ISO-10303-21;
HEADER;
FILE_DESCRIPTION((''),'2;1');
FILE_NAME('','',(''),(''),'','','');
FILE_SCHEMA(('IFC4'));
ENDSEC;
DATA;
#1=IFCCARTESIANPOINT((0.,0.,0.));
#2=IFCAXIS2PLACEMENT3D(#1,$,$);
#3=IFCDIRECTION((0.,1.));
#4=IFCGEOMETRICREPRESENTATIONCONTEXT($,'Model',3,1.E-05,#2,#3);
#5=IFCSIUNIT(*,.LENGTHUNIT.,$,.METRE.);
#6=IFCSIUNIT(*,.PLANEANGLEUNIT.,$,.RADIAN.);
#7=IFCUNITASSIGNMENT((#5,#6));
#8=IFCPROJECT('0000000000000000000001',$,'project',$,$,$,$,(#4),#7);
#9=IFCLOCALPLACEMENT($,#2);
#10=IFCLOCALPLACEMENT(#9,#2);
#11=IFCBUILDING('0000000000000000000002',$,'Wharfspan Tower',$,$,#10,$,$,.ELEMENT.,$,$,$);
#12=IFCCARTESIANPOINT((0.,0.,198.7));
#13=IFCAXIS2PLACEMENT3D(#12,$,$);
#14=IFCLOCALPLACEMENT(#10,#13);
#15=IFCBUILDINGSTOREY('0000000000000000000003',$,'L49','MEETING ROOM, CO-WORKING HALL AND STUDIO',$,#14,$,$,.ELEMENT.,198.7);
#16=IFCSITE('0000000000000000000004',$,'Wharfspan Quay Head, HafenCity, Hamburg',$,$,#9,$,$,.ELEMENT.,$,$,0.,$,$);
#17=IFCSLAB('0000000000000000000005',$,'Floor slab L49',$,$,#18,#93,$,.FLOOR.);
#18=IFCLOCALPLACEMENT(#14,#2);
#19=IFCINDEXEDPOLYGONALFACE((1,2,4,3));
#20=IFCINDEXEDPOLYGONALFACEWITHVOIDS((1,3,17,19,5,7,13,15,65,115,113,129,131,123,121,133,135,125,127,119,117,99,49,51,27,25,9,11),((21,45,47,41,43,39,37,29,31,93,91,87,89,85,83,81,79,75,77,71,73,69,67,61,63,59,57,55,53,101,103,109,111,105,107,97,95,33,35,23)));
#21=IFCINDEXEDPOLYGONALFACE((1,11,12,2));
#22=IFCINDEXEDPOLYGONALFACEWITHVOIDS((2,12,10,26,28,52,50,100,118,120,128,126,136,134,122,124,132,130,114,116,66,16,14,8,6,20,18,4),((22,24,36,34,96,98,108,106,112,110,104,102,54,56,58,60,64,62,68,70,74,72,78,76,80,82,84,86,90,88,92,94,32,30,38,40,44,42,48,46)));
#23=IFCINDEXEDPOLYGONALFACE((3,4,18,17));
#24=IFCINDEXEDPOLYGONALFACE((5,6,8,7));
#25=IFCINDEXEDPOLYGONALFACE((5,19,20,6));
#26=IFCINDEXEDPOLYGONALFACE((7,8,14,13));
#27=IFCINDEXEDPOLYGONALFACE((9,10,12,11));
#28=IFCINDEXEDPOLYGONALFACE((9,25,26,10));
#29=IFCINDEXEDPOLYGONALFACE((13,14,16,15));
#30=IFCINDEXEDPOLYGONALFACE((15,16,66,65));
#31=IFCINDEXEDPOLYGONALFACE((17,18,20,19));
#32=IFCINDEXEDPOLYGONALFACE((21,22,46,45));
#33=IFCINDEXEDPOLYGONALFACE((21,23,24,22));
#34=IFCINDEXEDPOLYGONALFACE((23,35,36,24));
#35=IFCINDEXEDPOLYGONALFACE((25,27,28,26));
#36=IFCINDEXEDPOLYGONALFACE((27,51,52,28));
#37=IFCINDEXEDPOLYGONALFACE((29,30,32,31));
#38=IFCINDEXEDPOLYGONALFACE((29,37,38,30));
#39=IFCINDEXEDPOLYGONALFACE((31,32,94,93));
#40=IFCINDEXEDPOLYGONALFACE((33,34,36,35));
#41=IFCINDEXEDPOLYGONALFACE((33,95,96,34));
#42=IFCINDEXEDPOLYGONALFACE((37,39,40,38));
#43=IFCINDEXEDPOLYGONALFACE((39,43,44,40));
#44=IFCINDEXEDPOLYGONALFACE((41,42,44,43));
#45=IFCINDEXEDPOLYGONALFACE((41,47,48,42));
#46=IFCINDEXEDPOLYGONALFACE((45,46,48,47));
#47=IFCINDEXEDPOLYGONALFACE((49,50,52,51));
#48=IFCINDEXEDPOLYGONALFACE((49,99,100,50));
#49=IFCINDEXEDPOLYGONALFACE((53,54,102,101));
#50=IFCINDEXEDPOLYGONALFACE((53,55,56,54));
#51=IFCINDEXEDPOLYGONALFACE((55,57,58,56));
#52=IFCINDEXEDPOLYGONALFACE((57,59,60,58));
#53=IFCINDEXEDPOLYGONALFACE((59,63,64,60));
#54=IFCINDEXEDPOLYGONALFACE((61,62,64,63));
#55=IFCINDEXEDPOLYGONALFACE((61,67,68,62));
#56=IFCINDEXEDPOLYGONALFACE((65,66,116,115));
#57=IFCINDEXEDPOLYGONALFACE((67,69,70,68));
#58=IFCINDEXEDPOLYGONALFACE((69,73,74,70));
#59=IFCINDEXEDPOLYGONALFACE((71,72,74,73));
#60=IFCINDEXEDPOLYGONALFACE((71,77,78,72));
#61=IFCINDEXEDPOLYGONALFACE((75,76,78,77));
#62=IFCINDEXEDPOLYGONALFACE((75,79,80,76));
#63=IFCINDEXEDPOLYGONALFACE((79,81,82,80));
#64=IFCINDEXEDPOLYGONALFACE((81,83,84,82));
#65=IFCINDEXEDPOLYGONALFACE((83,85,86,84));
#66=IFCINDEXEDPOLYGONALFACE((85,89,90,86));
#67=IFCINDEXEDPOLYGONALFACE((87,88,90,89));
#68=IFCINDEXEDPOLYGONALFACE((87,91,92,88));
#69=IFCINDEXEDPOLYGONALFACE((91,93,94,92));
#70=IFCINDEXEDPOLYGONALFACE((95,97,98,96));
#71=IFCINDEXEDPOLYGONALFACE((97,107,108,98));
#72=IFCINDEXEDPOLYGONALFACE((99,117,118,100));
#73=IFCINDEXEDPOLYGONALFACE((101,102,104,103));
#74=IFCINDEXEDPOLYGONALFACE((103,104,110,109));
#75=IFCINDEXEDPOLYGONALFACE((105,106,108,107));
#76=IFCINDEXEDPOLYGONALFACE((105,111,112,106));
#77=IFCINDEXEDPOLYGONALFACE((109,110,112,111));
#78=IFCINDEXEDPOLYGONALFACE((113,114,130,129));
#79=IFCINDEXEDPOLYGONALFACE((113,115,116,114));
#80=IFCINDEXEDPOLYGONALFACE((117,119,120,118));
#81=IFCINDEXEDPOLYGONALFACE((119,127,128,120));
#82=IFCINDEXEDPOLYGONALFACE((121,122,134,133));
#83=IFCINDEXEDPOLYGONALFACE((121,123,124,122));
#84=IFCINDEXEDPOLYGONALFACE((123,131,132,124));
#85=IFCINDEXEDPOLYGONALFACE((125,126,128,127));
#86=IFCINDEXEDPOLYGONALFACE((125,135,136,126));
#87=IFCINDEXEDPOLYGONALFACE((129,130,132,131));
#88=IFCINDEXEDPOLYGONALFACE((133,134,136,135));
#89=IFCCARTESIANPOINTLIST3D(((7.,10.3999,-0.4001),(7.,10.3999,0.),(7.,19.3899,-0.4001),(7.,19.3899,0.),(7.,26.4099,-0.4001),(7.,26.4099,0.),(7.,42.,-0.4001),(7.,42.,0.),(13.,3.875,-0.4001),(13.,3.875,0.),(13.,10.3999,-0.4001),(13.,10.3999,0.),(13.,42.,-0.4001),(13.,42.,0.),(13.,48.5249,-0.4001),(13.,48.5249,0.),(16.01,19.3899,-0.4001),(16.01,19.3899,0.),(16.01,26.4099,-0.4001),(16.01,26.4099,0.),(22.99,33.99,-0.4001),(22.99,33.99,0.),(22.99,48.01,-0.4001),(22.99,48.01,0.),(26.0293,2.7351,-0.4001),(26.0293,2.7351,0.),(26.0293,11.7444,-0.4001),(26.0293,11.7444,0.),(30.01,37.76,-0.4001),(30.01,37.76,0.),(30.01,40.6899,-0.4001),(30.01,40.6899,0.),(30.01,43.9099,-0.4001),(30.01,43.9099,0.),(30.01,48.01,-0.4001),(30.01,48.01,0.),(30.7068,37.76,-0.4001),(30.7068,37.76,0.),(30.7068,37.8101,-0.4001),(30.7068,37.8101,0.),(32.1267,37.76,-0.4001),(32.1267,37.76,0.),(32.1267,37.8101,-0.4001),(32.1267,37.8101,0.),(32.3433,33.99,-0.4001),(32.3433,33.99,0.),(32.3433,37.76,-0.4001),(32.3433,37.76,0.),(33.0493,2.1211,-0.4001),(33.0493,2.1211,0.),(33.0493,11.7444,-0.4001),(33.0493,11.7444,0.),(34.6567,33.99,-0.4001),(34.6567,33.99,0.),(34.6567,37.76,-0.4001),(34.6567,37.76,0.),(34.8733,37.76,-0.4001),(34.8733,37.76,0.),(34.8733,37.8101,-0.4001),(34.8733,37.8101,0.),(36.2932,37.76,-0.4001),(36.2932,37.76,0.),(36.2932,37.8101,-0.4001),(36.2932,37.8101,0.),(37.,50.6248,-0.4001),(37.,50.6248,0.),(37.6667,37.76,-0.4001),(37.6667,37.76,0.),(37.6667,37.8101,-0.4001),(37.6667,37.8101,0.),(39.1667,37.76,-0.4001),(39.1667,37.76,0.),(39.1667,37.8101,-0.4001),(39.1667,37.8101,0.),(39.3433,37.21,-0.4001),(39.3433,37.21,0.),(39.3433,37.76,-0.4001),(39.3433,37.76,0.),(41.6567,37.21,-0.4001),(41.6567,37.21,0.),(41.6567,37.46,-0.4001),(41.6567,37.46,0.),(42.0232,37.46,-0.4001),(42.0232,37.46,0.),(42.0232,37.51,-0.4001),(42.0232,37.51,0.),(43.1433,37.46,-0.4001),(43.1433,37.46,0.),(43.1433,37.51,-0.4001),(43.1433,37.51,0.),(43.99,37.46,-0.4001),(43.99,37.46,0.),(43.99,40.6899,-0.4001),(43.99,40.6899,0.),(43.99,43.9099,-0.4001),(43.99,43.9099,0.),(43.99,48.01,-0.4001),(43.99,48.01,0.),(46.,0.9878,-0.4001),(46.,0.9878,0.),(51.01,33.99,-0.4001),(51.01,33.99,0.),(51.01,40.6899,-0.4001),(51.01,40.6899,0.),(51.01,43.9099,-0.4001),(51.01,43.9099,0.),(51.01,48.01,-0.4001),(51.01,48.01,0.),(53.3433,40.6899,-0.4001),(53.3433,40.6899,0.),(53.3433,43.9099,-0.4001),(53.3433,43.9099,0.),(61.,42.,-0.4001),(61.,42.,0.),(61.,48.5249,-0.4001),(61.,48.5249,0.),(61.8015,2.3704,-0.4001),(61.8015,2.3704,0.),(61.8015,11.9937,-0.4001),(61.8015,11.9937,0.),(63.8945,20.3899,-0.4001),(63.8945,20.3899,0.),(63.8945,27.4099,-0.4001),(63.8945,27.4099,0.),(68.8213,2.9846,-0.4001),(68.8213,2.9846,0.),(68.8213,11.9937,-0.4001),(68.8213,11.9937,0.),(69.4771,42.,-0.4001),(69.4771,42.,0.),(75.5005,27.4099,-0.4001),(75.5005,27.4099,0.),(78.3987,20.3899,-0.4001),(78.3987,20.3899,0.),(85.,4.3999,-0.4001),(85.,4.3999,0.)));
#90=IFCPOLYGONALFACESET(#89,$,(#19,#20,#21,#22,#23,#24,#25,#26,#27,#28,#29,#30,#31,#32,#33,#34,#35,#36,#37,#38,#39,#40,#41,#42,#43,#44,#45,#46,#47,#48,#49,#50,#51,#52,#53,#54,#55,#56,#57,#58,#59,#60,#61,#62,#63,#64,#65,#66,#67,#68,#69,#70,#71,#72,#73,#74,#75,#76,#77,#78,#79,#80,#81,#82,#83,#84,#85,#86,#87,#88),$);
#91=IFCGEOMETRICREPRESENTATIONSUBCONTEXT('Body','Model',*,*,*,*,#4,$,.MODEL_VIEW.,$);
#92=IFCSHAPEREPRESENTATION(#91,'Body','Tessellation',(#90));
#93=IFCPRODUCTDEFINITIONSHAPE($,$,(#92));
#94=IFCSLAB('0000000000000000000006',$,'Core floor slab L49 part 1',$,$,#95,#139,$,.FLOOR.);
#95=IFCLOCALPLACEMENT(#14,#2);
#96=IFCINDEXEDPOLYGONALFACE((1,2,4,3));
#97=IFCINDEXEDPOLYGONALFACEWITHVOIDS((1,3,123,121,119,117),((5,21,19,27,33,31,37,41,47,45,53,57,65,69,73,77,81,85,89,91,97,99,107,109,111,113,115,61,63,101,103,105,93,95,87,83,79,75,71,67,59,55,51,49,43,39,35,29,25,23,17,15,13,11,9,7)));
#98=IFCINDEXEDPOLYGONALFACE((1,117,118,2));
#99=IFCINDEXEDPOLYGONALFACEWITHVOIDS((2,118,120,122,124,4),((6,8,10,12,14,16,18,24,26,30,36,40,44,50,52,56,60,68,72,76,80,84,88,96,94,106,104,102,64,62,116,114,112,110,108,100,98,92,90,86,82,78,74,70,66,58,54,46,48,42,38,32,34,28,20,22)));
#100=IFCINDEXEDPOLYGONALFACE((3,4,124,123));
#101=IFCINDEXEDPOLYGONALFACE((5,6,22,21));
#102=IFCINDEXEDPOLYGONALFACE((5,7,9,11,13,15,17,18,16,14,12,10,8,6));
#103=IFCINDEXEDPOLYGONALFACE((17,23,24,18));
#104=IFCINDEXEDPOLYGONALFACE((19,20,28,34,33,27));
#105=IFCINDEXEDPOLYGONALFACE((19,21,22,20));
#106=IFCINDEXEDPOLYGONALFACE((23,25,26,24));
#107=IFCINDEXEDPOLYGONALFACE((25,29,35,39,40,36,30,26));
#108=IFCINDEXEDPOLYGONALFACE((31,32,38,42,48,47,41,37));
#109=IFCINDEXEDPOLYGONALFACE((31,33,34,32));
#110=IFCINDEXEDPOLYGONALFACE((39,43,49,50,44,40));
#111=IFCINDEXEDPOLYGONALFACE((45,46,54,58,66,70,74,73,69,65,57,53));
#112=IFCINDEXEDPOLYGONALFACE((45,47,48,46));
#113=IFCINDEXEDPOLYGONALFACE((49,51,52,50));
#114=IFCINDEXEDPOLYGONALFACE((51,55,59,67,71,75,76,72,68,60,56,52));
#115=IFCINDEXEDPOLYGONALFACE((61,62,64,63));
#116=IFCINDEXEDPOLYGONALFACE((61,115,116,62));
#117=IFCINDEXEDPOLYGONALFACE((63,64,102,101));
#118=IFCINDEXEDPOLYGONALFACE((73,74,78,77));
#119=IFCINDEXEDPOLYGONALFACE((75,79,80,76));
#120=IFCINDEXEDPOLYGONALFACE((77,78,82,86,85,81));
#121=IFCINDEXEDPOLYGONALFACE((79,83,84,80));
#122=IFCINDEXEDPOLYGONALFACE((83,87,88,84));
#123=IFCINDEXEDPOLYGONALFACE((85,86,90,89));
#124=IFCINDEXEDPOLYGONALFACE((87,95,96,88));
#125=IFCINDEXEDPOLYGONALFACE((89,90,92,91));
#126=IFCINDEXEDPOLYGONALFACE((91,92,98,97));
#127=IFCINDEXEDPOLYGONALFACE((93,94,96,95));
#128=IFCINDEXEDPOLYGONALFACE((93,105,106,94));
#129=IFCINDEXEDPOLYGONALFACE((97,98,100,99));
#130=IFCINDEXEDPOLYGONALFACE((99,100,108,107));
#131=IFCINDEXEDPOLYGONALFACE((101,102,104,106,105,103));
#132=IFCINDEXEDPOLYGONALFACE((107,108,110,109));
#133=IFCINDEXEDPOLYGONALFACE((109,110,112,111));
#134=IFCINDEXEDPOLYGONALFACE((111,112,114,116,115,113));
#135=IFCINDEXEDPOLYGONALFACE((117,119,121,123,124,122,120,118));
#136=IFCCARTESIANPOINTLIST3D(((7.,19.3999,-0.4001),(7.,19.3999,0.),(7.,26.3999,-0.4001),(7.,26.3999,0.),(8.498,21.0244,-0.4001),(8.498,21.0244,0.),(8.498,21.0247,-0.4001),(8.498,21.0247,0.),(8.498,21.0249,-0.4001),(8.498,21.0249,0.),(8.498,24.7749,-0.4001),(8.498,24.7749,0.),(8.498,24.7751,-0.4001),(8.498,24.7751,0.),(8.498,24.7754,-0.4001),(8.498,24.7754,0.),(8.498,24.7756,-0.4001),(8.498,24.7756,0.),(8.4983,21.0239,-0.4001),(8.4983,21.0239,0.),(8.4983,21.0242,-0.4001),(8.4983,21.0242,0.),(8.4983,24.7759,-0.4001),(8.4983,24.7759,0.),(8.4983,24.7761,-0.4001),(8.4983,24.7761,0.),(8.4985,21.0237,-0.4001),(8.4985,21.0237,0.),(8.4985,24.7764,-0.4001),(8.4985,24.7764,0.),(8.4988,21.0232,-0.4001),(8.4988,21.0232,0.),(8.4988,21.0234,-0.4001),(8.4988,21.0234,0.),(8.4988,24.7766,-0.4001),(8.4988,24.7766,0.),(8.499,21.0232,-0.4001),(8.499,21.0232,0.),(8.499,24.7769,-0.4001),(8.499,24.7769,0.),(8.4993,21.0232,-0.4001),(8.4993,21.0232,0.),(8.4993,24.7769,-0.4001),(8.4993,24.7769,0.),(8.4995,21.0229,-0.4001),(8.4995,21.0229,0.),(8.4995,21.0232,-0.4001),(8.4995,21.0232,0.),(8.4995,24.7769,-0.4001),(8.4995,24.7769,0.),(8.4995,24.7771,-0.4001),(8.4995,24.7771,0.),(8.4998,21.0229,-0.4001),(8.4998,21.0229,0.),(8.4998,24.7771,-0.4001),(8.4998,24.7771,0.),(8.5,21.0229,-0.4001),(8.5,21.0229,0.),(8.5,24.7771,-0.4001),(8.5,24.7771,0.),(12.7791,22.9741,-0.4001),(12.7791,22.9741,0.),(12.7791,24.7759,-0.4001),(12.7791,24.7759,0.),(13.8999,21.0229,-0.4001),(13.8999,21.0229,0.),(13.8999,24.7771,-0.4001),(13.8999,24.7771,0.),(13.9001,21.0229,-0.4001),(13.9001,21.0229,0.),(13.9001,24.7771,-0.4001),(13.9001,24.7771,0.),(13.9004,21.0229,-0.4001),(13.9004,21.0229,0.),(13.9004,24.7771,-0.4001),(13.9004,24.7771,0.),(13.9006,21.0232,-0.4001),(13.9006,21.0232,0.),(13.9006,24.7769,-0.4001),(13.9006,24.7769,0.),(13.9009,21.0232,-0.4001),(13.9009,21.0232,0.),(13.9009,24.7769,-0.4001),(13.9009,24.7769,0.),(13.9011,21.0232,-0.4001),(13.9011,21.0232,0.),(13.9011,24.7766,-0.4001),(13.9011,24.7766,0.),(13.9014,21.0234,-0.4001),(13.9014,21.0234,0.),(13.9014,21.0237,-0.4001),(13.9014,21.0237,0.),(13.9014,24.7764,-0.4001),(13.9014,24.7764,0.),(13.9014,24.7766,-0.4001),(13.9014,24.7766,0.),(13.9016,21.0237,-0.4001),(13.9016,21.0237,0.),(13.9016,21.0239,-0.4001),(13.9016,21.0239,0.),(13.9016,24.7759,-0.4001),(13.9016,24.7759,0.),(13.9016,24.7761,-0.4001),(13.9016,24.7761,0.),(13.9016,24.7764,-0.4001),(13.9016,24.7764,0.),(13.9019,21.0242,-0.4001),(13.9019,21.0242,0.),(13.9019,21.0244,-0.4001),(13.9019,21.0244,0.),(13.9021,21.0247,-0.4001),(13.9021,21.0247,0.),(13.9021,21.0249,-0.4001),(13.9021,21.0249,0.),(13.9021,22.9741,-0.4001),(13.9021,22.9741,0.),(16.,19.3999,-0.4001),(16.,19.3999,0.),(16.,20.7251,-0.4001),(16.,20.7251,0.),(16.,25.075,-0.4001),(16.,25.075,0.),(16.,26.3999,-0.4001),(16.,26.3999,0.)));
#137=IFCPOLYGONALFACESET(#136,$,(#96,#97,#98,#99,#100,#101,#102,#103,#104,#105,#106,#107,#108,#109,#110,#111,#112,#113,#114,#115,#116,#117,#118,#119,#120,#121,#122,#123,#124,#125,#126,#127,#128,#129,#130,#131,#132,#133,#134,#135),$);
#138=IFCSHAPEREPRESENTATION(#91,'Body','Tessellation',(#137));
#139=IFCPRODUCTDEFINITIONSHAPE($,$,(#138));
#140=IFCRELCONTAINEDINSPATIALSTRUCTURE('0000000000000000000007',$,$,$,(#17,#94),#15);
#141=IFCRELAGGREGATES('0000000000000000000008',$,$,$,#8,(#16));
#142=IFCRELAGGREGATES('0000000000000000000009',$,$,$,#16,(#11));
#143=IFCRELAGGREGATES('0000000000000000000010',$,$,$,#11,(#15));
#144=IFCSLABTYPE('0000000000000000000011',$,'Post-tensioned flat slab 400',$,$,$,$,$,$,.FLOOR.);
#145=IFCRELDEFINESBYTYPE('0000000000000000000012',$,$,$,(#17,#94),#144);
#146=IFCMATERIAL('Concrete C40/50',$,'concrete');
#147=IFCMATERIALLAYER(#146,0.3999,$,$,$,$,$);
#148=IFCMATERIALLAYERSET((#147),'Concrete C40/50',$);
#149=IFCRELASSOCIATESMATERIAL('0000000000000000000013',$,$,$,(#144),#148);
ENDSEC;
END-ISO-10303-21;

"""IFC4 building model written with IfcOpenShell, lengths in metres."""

from ifc_helpers import new_model, si_unit, direction, frame, origin, place, context, subcontext, project, spatial, polyline, outline, extrude, material, layer, layer_set, type_object, element, save


model = new_model("IFC4")

# Units and contexts
model_context = context("Model", 3, precision=1e-05, world=origin(), true_north=direction((0.0, 1.0)))
body_context = subcontext(model_context, "Body", "Model", "MODEL_VIEW")
ifc_project = project(units=[si_unit("LENGTHUNIT", "METRE"), si_unit("PLANEANGLEUNIT", "RADIAN")], contexts=[model_context])

# Site, building, storey
site_placement = place(None, origin())
site = spatial("IfcSite", under=ifc_project, at=site_placement, Name="Wharfspan Quay Head, HafenCity, Hamburg", CompositionType="ELEMENT", RefElevation=0.0)
building_placement = place(site_placement, origin())
building = spatial("IfcBuilding", under=site, at=building_placement, Name="Wharfspan Tower", CompositionType="ELEMENT")
storey_placement = place(building_placement, frame((0.0, 0.0, 198.7)))
storey = spatial("IfcBuildingStorey", under=building, at=storey_placement, Name="L49", Description="MEETING ROOM, CO-WORKING HALL AND STUDIO", CompositionType="ELEMENT", Elevation=198.7)

# Slabs
ifc_material_1 = material(Name="Concrete C40/50", Category="concrete")
ifc_layer_1 = layer(ifc_material_1, 0.3999)
ifc_layer_set_1 = layer_set([ifc_layer_1], Name="Concrete C40/50")
slab_type_1 = type_object("IfcSlabType", Name="Post-tensioned flat slab 400", PredefinedType="FLOOR", material=ifc_layer_set_1)
slab_1_placement = place(storey_placement, frame((0.0, 0.0, -0.4001)))
element("IfcSlab", 1, at=slab_1_placement, inside=storey, type_object=slab_type_1, Name="Floor slab L49", PredefinedType="FLOOR", context=body_context, shape_type="SweptSolid", body=[
    extrude(outline(polyline([(26.0293, 2.7351), (26.0293, 11.7444), (33.0493, 11.7444), (33.0493, 2.1211), (46.0, 0.9878), (61.8015, 2.3704), (61.8015, 11.9937), (68.8213, 11.9937), (68.8213, 2.9846), (85.0, 4.3999), (78.3987, 20.3899), (63.8945, 20.3899), (63.8945, 27.4099), (75.5005, 27.4099), (69.4771, 42.0), (61.0, 42.0), (61.0, 48.5249), (37.0, 50.6248), (13.0, 48.5249), (13.0, 42.0), (7.0, 42.0), (7.0, 26.4099), (16.01, 26.4099), (16.01, 19.3899), (7.0, 19.3899), (7.0, 10.3999), (13.0, 10.3999), (13.0, 3.875), (26.0293, 2.7351)]), holes=[polyline([(32.1267, 37.76), (32.3433, 37.76), (32.3433, 33.99), (22.99, 33.99), (22.99, 48.01), (30.01, 48.01), (30.01, 43.9099), (43.99, 43.9099), (43.99, 48.01), (51.01, 48.01), (51.01, 43.9099), (53.3433, 43.9099), (53.3433, 40.6899), (51.01, 40.6899), (51.01, 33.99), (34.6567, 33.99), (34.6567, 37.76), (34.8733, 37.76), (34.8733, 37.8101), (36.2932, 37.8101), (36.2932, 37.76), (37.6667, 37.76), (37.6667, 37.8101), (39.1667, 37.8101), (39.1667, 37.76), (39.3433, 37.76), (39.3433, 37.21), (41.6567, 37.21), (41.6567, 37.46), (42.0232, 37.46), (42.0232, 37.51), (43.1433, 37.51), (43.1433, 37.46), (43.99, 37.46), (43.99, 40.6899), (30.01, 40.6899), (30.01, 37.76), (30.7068, 37.76), (30.7068, 37.8101), (32.1267, 37.8101), (32.1267, 37.76)])]), origin(), (0.0, 0.0, 1.0), 0.4001),
])
slab_2_placement = place(storey_placement, frame((0.0, 0.0, -0.4001)))
element("IfcSlab", 2, at=slab_2_placement, inside=storey, type_object=slab_type_1, Name="Core floor slab L49 part 1", PredefinedType="FLOOR", context=body_context, shape_type="SweptSolid", body=[
    extrude(outline(polyline([(16.0, 20.7251), (16.0, 25.075), (16.0, 26.3999), (7.0, 26.3999), (7.0, 19.3999), (16.0, 19.3999), (16.0, 20.7251)]), holes=[polyline([(13.9001, 24.7771), (13.9004, 24.7771), (13.9006, 24.7769), (13.9009, 24.7769), (13.9009, 24.7769), (13.9011, 24.7766), (13.9014, 24.7766), (13.9014, 24.7764), (13.9016, 24.7764), (13.9016, 24.7761), (13.9016, 24.7759), (12.7791, 24.7759), (12.7791, 22.9741), (13.9021, 22.9741), (13.9021, 21.0249), (13.9021, 21.0249), (13.9021, 21.0247), (13.9019, 21.0244), (13.9019, 21.0242), (13.9019, 21.0242), (13.9016, 21.0239), (13.9016, 21.0237), (13.9014, 21.0237), (13.9014, 21.0234), (13.9011, 21.0232), (13.9009, 21.0232), (13.9009, 21.0232), (13.9006, 21.0232), (13.9004, 21.0229), (13.9001, 21.0229), (13.8999, 21.0229), (8.5, 21.0229), (8.4998, 21.0229), (8.4995, 21.0229), (8.4995, 21.0232), (8.4993, 21.0232), (8.499, 21.0232), (8.4988, 21.0232), (8.4988, 21.0234), (8.4985, 21.0237), (8.4985, 21.0237), (8.4983, 21.0239), (8.4983, 21.0242), (8.4983, 21.0242), (8.498, 21.0244), (8.498, 21.0247), (8.498, 21.0249), (8.498, 21.0249), (8.498, 24.7749), (8.498, 24.7751), (8.498, 24.7754), (8.498, 24.7756), (8.4983, 24.7759), (8.4983, 24.7759), (8.4983, 24.7761), (8.4985, 24.7764), (8.4985, 24.7764), (8.4988, 24.7766), (8.4988, 24.7766), (8.499, 24.7769), (8.4993, 24.7769), (8.4995, 24.7769), (8.4995, 24.7771), (8.4998, 24.7771), (8.5, 24.7771), (13.8999, 24.7771), (13.9001, 24.7771)])]), origin(), (0.0, 0.0, 1.0), 0.4001),
])

save(model, "model.ifc")
